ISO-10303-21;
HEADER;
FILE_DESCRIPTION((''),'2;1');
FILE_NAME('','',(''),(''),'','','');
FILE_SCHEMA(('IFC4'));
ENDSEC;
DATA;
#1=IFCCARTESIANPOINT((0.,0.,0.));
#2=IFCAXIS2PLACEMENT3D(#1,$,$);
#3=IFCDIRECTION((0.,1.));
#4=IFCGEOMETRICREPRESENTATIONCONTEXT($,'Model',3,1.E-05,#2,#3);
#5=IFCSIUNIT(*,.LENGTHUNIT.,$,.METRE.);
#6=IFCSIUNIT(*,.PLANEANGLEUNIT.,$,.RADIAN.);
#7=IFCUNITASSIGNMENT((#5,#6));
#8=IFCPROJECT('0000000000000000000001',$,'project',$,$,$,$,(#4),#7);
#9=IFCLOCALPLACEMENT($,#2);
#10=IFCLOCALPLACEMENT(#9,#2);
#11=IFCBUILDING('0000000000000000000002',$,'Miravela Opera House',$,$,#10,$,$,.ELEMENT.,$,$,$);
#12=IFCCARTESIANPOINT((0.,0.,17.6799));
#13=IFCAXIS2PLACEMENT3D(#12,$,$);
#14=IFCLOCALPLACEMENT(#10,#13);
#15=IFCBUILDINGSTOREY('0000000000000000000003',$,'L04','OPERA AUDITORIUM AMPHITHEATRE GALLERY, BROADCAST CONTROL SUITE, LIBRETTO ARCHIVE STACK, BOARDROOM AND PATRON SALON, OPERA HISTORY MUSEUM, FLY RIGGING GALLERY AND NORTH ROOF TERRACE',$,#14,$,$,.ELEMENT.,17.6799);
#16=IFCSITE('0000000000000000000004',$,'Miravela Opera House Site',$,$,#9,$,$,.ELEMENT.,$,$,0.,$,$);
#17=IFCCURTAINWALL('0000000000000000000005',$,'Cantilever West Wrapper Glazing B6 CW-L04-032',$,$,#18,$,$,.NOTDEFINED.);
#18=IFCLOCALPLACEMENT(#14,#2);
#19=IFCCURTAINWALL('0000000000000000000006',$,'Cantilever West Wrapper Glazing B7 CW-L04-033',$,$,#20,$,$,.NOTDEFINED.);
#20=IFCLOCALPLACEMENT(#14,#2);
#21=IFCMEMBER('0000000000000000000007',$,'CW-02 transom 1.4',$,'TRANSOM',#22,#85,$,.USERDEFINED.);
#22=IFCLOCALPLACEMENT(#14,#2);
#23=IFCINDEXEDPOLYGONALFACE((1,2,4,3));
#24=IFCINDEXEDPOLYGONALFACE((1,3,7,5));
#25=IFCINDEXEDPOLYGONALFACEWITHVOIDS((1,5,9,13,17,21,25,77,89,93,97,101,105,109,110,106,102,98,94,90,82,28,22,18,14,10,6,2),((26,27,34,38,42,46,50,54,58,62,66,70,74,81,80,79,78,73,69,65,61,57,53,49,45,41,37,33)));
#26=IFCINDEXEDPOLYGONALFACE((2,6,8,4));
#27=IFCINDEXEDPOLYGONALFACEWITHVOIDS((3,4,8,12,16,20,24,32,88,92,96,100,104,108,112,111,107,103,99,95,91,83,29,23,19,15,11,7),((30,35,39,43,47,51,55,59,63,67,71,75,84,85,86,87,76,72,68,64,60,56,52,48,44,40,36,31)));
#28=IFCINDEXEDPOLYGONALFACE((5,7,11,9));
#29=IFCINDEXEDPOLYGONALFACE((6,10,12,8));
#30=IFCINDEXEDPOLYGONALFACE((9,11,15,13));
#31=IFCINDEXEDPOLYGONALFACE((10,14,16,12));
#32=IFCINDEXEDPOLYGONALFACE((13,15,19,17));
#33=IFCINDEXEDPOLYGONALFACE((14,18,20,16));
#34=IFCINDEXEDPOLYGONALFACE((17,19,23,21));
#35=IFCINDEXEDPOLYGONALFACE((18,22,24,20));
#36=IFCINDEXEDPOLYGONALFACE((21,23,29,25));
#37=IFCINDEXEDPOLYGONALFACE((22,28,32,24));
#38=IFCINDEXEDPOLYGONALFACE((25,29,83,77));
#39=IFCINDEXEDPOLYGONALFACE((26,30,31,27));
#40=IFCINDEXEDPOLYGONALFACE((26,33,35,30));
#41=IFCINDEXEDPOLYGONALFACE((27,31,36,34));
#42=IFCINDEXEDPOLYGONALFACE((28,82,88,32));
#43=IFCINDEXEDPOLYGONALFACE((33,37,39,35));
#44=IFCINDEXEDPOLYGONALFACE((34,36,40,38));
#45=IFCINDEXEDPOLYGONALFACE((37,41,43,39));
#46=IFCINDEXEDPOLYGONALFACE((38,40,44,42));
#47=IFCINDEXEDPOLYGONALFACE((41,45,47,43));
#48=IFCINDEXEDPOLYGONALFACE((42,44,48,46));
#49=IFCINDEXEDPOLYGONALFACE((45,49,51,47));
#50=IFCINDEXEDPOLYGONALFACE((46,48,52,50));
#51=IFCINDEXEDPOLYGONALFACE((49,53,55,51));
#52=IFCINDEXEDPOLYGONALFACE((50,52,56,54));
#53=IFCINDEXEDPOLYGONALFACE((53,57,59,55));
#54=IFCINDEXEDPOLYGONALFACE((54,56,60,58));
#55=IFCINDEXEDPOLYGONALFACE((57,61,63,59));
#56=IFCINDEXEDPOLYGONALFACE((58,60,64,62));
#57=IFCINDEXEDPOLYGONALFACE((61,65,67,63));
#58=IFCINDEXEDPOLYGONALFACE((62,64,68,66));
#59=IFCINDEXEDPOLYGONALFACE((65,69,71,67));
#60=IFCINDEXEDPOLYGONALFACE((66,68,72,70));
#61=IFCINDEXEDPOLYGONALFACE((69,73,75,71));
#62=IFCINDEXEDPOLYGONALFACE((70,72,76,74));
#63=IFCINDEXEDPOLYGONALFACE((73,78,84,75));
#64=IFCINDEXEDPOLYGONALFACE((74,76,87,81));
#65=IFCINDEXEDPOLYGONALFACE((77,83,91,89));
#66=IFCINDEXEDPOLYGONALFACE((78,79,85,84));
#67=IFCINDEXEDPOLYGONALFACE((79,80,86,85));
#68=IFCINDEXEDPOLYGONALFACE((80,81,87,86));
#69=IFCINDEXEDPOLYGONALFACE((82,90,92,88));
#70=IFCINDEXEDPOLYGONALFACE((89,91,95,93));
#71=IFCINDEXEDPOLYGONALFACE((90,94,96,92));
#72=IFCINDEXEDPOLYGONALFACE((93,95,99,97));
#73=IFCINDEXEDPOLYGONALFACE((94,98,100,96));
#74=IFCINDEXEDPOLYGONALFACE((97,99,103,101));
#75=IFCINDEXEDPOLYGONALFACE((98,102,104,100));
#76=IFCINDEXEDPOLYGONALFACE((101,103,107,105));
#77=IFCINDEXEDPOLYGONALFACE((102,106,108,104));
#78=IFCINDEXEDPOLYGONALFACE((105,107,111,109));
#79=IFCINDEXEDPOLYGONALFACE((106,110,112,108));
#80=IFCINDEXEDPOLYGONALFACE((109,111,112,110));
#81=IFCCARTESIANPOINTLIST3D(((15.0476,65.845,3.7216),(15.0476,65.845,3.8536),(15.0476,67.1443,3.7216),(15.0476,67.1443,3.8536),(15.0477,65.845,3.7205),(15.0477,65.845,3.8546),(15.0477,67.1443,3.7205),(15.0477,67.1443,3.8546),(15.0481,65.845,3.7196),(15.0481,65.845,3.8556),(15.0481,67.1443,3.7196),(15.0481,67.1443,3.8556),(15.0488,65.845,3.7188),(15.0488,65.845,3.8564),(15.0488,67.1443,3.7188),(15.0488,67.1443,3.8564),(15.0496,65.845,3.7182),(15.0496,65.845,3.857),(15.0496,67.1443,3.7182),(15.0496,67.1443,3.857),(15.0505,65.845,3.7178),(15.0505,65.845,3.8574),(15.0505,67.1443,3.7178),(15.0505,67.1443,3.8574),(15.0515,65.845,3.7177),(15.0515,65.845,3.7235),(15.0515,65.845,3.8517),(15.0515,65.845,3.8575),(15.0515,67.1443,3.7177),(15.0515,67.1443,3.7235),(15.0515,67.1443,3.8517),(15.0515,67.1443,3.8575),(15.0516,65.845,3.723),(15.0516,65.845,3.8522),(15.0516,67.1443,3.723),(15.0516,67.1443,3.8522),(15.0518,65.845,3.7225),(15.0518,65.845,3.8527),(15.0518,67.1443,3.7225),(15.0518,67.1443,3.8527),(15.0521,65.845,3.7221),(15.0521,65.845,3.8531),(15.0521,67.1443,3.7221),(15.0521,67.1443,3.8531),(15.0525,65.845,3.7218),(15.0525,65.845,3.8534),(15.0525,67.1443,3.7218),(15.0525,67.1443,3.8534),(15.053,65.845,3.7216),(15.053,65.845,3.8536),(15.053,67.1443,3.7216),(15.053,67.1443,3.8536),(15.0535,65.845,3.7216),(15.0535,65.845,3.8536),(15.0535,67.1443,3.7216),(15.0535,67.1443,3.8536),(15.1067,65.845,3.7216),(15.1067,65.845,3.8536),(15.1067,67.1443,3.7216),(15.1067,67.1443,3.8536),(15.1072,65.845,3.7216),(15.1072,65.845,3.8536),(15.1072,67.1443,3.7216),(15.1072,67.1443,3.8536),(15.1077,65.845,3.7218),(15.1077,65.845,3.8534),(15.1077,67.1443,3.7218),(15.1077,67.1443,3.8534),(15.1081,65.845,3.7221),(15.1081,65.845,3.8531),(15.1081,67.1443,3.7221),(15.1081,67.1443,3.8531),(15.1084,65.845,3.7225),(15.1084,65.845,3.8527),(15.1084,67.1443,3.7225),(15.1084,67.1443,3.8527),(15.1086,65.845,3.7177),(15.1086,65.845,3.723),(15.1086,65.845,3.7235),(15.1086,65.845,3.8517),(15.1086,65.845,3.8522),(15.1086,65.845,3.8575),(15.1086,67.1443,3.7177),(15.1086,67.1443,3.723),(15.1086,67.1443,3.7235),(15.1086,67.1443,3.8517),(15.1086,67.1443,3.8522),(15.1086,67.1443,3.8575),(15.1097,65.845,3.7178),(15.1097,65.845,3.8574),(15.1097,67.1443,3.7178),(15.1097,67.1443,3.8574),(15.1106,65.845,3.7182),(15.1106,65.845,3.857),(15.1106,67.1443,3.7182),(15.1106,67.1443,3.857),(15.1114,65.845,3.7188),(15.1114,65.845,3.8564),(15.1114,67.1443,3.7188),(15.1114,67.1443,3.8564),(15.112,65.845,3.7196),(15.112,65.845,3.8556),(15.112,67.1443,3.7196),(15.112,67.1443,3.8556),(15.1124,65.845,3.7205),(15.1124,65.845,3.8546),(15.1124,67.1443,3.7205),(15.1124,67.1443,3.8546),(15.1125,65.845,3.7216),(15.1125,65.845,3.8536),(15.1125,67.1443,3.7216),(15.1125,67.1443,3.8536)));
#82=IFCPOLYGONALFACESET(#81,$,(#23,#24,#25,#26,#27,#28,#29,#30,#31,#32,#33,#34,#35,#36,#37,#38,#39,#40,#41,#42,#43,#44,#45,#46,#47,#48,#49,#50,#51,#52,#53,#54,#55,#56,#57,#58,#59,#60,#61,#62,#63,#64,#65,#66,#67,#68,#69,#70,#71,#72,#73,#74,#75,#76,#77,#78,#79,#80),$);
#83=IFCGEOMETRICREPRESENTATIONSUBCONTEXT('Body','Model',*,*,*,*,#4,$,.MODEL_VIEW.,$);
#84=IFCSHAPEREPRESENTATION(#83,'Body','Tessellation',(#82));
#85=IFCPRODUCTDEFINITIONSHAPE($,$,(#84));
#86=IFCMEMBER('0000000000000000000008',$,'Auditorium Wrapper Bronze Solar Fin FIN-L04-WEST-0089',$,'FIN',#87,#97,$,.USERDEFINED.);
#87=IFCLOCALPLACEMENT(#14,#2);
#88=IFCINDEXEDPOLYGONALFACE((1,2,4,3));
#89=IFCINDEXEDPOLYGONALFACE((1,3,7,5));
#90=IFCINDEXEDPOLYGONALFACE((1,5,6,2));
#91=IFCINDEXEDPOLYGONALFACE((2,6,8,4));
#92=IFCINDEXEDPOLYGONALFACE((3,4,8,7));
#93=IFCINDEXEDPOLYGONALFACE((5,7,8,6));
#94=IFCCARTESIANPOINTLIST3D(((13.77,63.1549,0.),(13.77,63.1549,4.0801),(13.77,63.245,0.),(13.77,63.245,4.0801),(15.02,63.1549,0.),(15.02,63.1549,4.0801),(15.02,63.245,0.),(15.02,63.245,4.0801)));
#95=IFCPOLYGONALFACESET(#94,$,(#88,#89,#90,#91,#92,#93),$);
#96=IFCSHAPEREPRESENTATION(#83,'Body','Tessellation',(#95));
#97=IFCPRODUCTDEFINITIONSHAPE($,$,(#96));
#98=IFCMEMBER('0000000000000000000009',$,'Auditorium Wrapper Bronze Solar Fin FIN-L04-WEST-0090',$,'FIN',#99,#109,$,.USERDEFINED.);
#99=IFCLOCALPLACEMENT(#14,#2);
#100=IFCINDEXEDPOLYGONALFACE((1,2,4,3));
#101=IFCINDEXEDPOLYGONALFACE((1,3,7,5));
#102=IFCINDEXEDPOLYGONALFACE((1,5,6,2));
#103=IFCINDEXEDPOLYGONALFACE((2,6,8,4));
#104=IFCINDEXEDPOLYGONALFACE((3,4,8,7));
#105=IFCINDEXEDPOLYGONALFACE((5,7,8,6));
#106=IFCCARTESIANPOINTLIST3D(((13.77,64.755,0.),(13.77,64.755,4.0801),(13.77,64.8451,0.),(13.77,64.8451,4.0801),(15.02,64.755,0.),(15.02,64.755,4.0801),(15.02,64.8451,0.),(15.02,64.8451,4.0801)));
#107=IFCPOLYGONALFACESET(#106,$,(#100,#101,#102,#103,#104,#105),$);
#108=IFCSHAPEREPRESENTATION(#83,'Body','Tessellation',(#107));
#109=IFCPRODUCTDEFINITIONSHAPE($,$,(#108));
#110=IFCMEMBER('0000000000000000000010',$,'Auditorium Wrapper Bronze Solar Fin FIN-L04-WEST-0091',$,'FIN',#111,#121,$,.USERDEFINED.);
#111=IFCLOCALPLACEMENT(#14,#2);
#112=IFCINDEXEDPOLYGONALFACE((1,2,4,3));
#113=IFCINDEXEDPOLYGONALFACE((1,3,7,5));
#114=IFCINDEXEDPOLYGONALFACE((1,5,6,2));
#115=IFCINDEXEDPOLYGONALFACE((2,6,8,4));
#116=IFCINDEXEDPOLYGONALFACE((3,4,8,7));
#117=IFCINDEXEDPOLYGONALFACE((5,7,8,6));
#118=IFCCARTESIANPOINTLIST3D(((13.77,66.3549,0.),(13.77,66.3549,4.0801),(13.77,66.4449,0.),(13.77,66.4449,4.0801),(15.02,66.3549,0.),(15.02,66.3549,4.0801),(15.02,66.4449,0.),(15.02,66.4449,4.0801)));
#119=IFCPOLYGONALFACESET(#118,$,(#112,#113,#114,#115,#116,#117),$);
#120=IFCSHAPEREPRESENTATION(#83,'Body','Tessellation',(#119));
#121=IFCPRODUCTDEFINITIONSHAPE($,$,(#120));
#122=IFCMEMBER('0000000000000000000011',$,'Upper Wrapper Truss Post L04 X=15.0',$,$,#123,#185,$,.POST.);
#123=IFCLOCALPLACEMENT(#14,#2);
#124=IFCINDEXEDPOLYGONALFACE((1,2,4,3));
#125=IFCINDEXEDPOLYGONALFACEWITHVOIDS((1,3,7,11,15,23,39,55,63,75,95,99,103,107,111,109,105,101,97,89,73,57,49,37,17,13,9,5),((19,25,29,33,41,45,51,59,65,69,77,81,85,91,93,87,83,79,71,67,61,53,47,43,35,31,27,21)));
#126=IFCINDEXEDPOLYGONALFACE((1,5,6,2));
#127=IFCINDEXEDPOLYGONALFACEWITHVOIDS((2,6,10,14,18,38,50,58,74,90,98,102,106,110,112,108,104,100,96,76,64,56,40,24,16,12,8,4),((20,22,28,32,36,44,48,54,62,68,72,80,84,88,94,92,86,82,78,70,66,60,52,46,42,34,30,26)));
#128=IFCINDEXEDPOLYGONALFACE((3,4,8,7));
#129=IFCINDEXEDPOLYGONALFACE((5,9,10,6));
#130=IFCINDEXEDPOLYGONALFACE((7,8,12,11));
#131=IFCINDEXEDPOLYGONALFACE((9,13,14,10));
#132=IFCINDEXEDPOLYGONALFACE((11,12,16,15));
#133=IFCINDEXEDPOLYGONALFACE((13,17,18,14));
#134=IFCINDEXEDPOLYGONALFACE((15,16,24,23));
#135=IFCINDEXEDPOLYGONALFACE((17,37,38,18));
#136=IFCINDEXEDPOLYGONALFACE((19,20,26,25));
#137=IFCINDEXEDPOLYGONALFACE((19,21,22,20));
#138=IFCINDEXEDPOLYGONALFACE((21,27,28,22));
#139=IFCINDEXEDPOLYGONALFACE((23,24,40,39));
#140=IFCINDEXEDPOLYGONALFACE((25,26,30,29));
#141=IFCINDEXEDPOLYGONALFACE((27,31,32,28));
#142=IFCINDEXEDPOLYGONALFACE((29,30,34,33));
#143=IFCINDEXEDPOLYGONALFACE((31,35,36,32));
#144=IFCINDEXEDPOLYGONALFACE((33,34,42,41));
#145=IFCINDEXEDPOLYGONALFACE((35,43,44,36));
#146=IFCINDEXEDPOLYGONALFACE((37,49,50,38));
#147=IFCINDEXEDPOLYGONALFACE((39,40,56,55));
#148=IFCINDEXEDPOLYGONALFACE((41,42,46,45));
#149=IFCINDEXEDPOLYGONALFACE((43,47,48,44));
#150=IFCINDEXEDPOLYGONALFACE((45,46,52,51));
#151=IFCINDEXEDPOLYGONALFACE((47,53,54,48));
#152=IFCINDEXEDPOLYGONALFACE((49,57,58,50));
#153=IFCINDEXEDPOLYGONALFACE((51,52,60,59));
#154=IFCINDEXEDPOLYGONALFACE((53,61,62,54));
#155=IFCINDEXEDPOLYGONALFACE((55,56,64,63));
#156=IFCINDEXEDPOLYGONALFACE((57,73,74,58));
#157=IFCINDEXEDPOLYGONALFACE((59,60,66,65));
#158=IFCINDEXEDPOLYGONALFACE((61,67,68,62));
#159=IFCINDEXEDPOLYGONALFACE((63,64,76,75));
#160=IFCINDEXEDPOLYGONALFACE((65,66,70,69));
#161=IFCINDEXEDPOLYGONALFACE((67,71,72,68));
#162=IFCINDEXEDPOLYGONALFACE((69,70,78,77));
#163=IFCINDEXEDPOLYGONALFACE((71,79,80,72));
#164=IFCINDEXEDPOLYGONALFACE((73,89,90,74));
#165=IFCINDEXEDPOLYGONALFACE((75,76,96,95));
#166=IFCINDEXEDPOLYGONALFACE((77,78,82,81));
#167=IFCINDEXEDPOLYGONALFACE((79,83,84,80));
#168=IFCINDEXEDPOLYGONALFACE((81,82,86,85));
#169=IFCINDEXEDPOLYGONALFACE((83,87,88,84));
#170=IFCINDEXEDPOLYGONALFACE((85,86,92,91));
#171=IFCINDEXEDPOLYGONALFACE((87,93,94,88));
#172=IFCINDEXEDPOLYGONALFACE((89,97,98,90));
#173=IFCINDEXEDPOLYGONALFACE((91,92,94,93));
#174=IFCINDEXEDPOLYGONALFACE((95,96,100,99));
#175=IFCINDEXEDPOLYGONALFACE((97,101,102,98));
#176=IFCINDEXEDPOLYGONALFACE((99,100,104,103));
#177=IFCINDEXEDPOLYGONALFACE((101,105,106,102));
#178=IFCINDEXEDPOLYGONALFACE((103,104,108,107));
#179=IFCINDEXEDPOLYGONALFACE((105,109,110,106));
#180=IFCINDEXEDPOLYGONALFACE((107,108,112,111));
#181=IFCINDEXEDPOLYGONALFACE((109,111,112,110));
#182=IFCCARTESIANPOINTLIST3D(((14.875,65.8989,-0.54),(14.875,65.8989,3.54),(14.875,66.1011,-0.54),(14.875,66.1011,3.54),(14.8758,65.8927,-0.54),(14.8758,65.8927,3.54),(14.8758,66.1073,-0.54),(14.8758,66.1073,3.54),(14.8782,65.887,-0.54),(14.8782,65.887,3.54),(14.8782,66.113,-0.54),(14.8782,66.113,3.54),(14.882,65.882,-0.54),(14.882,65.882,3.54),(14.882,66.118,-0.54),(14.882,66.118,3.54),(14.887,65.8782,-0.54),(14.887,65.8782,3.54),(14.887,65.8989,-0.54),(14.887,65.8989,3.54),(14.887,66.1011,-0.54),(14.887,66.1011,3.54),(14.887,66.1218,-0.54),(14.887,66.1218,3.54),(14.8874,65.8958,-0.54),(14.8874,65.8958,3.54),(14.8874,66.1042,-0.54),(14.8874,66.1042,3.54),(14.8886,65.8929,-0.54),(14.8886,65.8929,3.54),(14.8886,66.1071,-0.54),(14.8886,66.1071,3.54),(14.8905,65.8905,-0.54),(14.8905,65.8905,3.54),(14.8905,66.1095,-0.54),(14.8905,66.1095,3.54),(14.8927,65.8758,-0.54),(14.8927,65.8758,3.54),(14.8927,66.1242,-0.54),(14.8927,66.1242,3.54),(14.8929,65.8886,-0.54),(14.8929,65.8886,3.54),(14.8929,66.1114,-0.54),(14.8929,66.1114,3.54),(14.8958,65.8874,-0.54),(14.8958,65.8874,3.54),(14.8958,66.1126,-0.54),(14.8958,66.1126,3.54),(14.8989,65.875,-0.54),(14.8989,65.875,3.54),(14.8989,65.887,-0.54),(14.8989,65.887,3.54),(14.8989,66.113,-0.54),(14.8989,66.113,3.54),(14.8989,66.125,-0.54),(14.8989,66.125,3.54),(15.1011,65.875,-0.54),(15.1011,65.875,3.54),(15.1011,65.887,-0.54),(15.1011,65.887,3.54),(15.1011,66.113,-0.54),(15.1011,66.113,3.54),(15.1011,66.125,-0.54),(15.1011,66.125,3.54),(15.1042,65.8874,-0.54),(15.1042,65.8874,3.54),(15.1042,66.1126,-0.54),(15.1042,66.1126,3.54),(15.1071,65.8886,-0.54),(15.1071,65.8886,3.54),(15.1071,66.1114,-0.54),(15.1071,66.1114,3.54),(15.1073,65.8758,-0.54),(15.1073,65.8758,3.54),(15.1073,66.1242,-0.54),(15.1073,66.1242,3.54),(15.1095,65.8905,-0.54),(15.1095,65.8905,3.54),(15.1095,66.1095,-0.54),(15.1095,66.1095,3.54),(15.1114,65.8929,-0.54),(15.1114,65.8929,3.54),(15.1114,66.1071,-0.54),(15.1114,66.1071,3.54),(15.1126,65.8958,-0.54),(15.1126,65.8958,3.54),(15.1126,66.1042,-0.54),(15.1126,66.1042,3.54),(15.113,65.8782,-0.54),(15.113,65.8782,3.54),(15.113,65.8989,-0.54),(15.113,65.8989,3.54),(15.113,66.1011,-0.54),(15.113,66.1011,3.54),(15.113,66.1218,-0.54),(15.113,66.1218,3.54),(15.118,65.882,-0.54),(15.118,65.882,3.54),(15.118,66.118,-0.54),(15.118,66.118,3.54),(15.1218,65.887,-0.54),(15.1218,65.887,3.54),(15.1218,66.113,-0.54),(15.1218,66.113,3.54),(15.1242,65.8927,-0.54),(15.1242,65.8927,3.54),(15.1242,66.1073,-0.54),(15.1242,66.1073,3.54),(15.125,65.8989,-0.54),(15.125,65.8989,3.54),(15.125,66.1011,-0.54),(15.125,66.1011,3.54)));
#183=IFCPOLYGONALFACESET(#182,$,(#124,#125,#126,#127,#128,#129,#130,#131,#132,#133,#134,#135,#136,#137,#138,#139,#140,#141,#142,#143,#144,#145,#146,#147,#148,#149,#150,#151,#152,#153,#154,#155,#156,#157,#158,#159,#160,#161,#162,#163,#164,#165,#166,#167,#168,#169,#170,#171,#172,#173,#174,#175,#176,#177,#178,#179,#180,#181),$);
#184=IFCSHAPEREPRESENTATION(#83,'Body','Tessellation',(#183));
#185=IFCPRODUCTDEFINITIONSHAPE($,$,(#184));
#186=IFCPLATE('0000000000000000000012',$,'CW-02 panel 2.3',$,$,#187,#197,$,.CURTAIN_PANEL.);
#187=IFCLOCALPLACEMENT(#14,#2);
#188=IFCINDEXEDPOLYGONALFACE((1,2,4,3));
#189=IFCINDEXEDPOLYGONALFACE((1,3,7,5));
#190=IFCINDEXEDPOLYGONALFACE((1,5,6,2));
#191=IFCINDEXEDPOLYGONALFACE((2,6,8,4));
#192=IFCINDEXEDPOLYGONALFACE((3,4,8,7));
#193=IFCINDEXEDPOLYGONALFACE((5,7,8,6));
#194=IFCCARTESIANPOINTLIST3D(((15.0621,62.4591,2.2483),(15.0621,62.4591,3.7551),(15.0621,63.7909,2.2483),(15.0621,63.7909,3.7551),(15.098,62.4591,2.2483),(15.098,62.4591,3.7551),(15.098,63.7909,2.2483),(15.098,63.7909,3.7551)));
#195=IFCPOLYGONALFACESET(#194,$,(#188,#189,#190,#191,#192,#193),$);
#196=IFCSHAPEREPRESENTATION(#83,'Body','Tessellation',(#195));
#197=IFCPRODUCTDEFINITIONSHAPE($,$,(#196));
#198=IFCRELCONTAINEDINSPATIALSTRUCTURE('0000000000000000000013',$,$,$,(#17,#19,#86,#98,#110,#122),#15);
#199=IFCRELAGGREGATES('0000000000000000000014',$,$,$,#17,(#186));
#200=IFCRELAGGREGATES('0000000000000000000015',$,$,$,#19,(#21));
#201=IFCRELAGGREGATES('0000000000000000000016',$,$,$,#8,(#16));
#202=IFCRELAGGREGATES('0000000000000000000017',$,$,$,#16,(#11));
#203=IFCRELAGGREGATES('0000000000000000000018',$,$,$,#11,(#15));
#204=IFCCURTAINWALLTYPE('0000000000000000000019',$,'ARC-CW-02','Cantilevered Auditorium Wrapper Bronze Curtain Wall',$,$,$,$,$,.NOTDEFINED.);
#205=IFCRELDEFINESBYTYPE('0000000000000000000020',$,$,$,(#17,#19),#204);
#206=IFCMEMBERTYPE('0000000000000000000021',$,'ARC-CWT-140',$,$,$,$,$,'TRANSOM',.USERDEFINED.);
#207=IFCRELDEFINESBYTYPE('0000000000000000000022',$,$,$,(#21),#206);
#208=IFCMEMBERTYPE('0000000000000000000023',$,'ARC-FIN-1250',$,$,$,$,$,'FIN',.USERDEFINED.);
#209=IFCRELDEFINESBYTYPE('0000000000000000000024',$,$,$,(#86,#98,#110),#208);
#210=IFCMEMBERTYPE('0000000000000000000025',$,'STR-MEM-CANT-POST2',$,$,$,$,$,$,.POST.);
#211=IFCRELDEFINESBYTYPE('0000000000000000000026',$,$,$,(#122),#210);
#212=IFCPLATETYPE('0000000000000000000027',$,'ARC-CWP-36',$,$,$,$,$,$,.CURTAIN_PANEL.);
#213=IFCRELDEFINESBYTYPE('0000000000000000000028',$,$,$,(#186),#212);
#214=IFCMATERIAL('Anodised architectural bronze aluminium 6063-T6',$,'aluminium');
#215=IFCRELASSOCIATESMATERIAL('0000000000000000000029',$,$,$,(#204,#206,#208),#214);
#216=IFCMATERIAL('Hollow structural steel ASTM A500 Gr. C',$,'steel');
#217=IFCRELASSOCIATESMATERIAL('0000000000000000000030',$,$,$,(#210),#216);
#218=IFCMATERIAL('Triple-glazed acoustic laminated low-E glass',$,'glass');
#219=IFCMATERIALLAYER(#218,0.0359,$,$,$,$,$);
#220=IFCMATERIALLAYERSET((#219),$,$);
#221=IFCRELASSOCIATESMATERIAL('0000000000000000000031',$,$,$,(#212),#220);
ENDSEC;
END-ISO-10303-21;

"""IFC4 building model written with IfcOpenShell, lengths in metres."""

from ifc_helpers import new_model, si_unit, direction, frame, origin, origin_2d, place, context, subcontext, project, spatial, rectangle, hollow_rectangle, extrude, material, layer, layer_set, material_profile, profile_set, type_object, element, aggregate, save


model = new_model("IFC4")

# Units and contexts
model_context = context("Model", 3, precision=1e-05, world=origin(), true_north=direction((0.0, 1.0)))
body_context = subcontext(model_context, "Body", "Model", "MODEL_VIEW")
ifc_project = project(units=[si_unit("LENGTHUNIT", "METRE"), si_unit("PLANEANGLEUNIT", "RADIAN")], contexts=[model_context])

# Site, building, storey
site_placement = place(None, origin())
site = spatial("IfcSite", under=ifc_project, at=site_placement, Name="Miravela Opera House Site", CompositionType="ELEMENT", RefElevation=0.0)
building_placement = place(site_placement, origin())
building = spatial("IfcBuilding", under=site, at=building_placement, Name="Miravela Opera House", CompositionType="ELEMENT")
storey_placement = place(building_placement, frame((0.0, 0.0, 17.6799)))
storey = spatial("IfcBuildingStorey", under=building, at=storey_placement, Name="L04", Description="OPERA AUDITORIUM AMPHITHEATRE GALLERY, BROADCAST CONTROL SUITE, LIBRETTO ARCHIVE STACK, BOARDROOM AND PATRON SALON, OPERA HISTORY MUSEUM, FLY RIGGING GALLERY AND NORTH ROOF TERRACE", CompositionType="ELEMENT", Elevation=17.6799)

# Curtain wall
ifc_material_1 = material(Name="Anodised architectural bronze aluminium 6063-T6", Category="aluminium")
curtain_wall_type = type_object("IfcCurtainWallType", Name="ARC-CW-02", Description="Cantilevered Auditorium Wrapper Bronze Curtain Wall", PredefinedType="NOTDEFINED", material=ifc_material_1)
curtain_wall_1_placement = place(storey_placement, origin())
curtain_wall_1 = element("IfcCurtainWall", 1, at=curtain_wall_1_placement, inside=storey, type_object=curtain_wall_type, Name="Cantilever West Wrapper Glazing B6 CW-L04-032", PredefinedType="NOTDEFINED")

# Curtain wall
curtain_wall_2_placement = place(storey_placement, origin())
curtain_wall_2 = element("IfcCurtainWall", 2, at=curtain_wall_2_placement, inside=storey, type_object=curtain_wall_type, Name="Cantilever West Wrapper Glazing B7 CW-L04-033", PredefinedType="NOTDEFINED")

# Member
ifc_material_profile_1 = material_profile(ifc_material_1, hollow_rectangle(XDim=0.0649, YDim=0.1399, WallThickness=0.0039, InnerFilletRadius=0.002, OuterFilletRadius=0.0039, at=origin_2d()), Name="CWT-65X140")
ifc_profile_set_1 = profile_set([ifc_material_profile_1])
member_type_1 = type_object("IfcMemberType", Name="ARC-CWT-140", ElementType="TRANSOM", PredefinedType="USERDEFINED", material=ifc_profile_set_1)
member_1_placement = place(storey_placement, frame((15.0801, 65.845, 3.7876), z_axis=(0.0, 1.0, 0.0), x_axis=(-1.0, 0.0, 0.0)))
member_1 = element("IfcMember", 3, at=member_1_placement, type_object=member_type_1, Name="CW-02 transom 1.4", ObjectType="TRANSOM", PredefinedType="USERDEFINED", context=body_context, shape_type="SweptSolid", body=[
    extrude(hollow_rectangle(XDim=0.0649, YDim=0.1399, WallThickness=0.0039, InnerFilletRadius=0.002, OuterFilletRadius=0.0039, at=origin_2d()), origin(), (0.0, 0.0, 1.0), 1.2993),
])

# Members
ifc_material_profile_2 = material_profile(ifc_material_1, rectangle(XDim=0.0901, YDim=1.25, at=origin_2d()), Name="FIN-1250X90")
ifc_profile_set_2 = profile_set([ifc_material_profile_2])
member_type_2 = type_object("IfcMemberType", Name="ARC-FIN-1250", ElementType="FIN", PredefinedType="USERDEFINED", material=ifc_profile_set_2)
for number, where, z_axis, x_axis, name in (
    (4, (14.395, 63.2, 0.0), (0.0, 0.0, 1.0), (0.0, 1.0, 0.0), "Auditorium Wrapper Bronze Solar Fin FIN-L04-WEST-0089"),
    (5, (14.395, 64.8, 0.0), (0.0, 0.0, 1.0), (0.0, 1.0, 0.0), "Auditorium Wrapper Bronze Solar Fin FIN-L04-WEST-0090"),
    (6, (14.395, 66.3999, 0.0), (0.0, 0.0, 1.0), (0.0, 1.0, 0.0), "Auditorium Wrapper Bronze Solar Fin FIN-L04-WEST-0091"),
):
    element("IfcMember", number, at=place(storey_placement, frame(where, z_axis=z_axis, x_axis=x_axis)), inside=storey, type_object=member_type_2, Name=name, ObjectType="FIN", PredefinedType="USERDEFINED", context=body_context, shape_type="SweptSolid", body=[
        extrude(rectangle(XDim=0.0901, YDim=1.25, at=origin_2d()), origin(), (0.0, 0.0, 1.0), 4.0801),
    ])
ifc_material_2 = material(Name="Hollow structural steel ASTM A500 Gr. C", Category="steel")
ifc_material_profile_3 = material_profile(ifc_material_2, hollow_rectangle(XDim=0.25, YDim=0.25, WallThickness=0.012, InnerFilletRadius=0.012, OuterFilletRadius=0.0239, at=origin_2d()), Name="HSS250X250X12")
ifc_profile_set_3 = profile_set([ifc_material_profile_3])
member_type_3 = type_object("IfcMemberType", Name="STR-MEM-CANT-POST2", PredefinedType="POST", material=ifc_profile_set_3)
member_2_placement = place(storey_placement, frame((15.0, 66.0, -0.54), z_axis=(0.0, 0.0, 1.0), x_axis=(1.0, 0.0, 0.0)))
element("IfcMember", 7, at=member_2_placement, inside=storey, type_object=member_type_3, Name="Upper Wrapper Truss Post L04 X=15.0", PredefinedType="POST", context=body_context, shape_type="SweptSolid", body=[
    extrude(hollow_rectangle(XDim=0.25, YDim=0.25, WallThickness=0.012, InnerFilletRadius=0.012, OuterFilletRadius=0.0239, at=origin_2d()), origin(), (0.0, 0.0, 1.0), 4.0801),
])

# Plate
ifc_material_3 = material(Name="Triple-glazed acoustic laminated low-E glass", Category="glass")
ifc_layer = layer(ifc_material_3, 0.0359)
ifc_layer_set = layer_set([ifc_layer])
plate_type = type_object("IfcPlateType", Name="ARC-CWP-36", PredefinedType="CURTAIN_PANEL", material=ifc_layer_set)
plate_1_placement = place(storey_placement, frame((15.0801, 63.125, 2.2483), z_axis=(0.0, 0.0, 1.0), x_axis=(0.0, 1.0, 0.0)))
plate_1 = element("IfcPlate", 8, at=plate_1_placement, type_object=plate_type, Name="CW-02 panel 2.3", PredefinedType="CURTAIN_PANEL", context=body_context, shape_type="SweptSolid", body=[
    extrude(rectangle(XDim=1.3318, YDim=0.0359, at=origin_2d()), origin(), (0.0, 0.0, 1.0), 1.5068),
])
aggregate(curtain_wall_1, [plate_1])
aggregate(curtain_wall_2, [member_1])

save(model, "model.ifc")
